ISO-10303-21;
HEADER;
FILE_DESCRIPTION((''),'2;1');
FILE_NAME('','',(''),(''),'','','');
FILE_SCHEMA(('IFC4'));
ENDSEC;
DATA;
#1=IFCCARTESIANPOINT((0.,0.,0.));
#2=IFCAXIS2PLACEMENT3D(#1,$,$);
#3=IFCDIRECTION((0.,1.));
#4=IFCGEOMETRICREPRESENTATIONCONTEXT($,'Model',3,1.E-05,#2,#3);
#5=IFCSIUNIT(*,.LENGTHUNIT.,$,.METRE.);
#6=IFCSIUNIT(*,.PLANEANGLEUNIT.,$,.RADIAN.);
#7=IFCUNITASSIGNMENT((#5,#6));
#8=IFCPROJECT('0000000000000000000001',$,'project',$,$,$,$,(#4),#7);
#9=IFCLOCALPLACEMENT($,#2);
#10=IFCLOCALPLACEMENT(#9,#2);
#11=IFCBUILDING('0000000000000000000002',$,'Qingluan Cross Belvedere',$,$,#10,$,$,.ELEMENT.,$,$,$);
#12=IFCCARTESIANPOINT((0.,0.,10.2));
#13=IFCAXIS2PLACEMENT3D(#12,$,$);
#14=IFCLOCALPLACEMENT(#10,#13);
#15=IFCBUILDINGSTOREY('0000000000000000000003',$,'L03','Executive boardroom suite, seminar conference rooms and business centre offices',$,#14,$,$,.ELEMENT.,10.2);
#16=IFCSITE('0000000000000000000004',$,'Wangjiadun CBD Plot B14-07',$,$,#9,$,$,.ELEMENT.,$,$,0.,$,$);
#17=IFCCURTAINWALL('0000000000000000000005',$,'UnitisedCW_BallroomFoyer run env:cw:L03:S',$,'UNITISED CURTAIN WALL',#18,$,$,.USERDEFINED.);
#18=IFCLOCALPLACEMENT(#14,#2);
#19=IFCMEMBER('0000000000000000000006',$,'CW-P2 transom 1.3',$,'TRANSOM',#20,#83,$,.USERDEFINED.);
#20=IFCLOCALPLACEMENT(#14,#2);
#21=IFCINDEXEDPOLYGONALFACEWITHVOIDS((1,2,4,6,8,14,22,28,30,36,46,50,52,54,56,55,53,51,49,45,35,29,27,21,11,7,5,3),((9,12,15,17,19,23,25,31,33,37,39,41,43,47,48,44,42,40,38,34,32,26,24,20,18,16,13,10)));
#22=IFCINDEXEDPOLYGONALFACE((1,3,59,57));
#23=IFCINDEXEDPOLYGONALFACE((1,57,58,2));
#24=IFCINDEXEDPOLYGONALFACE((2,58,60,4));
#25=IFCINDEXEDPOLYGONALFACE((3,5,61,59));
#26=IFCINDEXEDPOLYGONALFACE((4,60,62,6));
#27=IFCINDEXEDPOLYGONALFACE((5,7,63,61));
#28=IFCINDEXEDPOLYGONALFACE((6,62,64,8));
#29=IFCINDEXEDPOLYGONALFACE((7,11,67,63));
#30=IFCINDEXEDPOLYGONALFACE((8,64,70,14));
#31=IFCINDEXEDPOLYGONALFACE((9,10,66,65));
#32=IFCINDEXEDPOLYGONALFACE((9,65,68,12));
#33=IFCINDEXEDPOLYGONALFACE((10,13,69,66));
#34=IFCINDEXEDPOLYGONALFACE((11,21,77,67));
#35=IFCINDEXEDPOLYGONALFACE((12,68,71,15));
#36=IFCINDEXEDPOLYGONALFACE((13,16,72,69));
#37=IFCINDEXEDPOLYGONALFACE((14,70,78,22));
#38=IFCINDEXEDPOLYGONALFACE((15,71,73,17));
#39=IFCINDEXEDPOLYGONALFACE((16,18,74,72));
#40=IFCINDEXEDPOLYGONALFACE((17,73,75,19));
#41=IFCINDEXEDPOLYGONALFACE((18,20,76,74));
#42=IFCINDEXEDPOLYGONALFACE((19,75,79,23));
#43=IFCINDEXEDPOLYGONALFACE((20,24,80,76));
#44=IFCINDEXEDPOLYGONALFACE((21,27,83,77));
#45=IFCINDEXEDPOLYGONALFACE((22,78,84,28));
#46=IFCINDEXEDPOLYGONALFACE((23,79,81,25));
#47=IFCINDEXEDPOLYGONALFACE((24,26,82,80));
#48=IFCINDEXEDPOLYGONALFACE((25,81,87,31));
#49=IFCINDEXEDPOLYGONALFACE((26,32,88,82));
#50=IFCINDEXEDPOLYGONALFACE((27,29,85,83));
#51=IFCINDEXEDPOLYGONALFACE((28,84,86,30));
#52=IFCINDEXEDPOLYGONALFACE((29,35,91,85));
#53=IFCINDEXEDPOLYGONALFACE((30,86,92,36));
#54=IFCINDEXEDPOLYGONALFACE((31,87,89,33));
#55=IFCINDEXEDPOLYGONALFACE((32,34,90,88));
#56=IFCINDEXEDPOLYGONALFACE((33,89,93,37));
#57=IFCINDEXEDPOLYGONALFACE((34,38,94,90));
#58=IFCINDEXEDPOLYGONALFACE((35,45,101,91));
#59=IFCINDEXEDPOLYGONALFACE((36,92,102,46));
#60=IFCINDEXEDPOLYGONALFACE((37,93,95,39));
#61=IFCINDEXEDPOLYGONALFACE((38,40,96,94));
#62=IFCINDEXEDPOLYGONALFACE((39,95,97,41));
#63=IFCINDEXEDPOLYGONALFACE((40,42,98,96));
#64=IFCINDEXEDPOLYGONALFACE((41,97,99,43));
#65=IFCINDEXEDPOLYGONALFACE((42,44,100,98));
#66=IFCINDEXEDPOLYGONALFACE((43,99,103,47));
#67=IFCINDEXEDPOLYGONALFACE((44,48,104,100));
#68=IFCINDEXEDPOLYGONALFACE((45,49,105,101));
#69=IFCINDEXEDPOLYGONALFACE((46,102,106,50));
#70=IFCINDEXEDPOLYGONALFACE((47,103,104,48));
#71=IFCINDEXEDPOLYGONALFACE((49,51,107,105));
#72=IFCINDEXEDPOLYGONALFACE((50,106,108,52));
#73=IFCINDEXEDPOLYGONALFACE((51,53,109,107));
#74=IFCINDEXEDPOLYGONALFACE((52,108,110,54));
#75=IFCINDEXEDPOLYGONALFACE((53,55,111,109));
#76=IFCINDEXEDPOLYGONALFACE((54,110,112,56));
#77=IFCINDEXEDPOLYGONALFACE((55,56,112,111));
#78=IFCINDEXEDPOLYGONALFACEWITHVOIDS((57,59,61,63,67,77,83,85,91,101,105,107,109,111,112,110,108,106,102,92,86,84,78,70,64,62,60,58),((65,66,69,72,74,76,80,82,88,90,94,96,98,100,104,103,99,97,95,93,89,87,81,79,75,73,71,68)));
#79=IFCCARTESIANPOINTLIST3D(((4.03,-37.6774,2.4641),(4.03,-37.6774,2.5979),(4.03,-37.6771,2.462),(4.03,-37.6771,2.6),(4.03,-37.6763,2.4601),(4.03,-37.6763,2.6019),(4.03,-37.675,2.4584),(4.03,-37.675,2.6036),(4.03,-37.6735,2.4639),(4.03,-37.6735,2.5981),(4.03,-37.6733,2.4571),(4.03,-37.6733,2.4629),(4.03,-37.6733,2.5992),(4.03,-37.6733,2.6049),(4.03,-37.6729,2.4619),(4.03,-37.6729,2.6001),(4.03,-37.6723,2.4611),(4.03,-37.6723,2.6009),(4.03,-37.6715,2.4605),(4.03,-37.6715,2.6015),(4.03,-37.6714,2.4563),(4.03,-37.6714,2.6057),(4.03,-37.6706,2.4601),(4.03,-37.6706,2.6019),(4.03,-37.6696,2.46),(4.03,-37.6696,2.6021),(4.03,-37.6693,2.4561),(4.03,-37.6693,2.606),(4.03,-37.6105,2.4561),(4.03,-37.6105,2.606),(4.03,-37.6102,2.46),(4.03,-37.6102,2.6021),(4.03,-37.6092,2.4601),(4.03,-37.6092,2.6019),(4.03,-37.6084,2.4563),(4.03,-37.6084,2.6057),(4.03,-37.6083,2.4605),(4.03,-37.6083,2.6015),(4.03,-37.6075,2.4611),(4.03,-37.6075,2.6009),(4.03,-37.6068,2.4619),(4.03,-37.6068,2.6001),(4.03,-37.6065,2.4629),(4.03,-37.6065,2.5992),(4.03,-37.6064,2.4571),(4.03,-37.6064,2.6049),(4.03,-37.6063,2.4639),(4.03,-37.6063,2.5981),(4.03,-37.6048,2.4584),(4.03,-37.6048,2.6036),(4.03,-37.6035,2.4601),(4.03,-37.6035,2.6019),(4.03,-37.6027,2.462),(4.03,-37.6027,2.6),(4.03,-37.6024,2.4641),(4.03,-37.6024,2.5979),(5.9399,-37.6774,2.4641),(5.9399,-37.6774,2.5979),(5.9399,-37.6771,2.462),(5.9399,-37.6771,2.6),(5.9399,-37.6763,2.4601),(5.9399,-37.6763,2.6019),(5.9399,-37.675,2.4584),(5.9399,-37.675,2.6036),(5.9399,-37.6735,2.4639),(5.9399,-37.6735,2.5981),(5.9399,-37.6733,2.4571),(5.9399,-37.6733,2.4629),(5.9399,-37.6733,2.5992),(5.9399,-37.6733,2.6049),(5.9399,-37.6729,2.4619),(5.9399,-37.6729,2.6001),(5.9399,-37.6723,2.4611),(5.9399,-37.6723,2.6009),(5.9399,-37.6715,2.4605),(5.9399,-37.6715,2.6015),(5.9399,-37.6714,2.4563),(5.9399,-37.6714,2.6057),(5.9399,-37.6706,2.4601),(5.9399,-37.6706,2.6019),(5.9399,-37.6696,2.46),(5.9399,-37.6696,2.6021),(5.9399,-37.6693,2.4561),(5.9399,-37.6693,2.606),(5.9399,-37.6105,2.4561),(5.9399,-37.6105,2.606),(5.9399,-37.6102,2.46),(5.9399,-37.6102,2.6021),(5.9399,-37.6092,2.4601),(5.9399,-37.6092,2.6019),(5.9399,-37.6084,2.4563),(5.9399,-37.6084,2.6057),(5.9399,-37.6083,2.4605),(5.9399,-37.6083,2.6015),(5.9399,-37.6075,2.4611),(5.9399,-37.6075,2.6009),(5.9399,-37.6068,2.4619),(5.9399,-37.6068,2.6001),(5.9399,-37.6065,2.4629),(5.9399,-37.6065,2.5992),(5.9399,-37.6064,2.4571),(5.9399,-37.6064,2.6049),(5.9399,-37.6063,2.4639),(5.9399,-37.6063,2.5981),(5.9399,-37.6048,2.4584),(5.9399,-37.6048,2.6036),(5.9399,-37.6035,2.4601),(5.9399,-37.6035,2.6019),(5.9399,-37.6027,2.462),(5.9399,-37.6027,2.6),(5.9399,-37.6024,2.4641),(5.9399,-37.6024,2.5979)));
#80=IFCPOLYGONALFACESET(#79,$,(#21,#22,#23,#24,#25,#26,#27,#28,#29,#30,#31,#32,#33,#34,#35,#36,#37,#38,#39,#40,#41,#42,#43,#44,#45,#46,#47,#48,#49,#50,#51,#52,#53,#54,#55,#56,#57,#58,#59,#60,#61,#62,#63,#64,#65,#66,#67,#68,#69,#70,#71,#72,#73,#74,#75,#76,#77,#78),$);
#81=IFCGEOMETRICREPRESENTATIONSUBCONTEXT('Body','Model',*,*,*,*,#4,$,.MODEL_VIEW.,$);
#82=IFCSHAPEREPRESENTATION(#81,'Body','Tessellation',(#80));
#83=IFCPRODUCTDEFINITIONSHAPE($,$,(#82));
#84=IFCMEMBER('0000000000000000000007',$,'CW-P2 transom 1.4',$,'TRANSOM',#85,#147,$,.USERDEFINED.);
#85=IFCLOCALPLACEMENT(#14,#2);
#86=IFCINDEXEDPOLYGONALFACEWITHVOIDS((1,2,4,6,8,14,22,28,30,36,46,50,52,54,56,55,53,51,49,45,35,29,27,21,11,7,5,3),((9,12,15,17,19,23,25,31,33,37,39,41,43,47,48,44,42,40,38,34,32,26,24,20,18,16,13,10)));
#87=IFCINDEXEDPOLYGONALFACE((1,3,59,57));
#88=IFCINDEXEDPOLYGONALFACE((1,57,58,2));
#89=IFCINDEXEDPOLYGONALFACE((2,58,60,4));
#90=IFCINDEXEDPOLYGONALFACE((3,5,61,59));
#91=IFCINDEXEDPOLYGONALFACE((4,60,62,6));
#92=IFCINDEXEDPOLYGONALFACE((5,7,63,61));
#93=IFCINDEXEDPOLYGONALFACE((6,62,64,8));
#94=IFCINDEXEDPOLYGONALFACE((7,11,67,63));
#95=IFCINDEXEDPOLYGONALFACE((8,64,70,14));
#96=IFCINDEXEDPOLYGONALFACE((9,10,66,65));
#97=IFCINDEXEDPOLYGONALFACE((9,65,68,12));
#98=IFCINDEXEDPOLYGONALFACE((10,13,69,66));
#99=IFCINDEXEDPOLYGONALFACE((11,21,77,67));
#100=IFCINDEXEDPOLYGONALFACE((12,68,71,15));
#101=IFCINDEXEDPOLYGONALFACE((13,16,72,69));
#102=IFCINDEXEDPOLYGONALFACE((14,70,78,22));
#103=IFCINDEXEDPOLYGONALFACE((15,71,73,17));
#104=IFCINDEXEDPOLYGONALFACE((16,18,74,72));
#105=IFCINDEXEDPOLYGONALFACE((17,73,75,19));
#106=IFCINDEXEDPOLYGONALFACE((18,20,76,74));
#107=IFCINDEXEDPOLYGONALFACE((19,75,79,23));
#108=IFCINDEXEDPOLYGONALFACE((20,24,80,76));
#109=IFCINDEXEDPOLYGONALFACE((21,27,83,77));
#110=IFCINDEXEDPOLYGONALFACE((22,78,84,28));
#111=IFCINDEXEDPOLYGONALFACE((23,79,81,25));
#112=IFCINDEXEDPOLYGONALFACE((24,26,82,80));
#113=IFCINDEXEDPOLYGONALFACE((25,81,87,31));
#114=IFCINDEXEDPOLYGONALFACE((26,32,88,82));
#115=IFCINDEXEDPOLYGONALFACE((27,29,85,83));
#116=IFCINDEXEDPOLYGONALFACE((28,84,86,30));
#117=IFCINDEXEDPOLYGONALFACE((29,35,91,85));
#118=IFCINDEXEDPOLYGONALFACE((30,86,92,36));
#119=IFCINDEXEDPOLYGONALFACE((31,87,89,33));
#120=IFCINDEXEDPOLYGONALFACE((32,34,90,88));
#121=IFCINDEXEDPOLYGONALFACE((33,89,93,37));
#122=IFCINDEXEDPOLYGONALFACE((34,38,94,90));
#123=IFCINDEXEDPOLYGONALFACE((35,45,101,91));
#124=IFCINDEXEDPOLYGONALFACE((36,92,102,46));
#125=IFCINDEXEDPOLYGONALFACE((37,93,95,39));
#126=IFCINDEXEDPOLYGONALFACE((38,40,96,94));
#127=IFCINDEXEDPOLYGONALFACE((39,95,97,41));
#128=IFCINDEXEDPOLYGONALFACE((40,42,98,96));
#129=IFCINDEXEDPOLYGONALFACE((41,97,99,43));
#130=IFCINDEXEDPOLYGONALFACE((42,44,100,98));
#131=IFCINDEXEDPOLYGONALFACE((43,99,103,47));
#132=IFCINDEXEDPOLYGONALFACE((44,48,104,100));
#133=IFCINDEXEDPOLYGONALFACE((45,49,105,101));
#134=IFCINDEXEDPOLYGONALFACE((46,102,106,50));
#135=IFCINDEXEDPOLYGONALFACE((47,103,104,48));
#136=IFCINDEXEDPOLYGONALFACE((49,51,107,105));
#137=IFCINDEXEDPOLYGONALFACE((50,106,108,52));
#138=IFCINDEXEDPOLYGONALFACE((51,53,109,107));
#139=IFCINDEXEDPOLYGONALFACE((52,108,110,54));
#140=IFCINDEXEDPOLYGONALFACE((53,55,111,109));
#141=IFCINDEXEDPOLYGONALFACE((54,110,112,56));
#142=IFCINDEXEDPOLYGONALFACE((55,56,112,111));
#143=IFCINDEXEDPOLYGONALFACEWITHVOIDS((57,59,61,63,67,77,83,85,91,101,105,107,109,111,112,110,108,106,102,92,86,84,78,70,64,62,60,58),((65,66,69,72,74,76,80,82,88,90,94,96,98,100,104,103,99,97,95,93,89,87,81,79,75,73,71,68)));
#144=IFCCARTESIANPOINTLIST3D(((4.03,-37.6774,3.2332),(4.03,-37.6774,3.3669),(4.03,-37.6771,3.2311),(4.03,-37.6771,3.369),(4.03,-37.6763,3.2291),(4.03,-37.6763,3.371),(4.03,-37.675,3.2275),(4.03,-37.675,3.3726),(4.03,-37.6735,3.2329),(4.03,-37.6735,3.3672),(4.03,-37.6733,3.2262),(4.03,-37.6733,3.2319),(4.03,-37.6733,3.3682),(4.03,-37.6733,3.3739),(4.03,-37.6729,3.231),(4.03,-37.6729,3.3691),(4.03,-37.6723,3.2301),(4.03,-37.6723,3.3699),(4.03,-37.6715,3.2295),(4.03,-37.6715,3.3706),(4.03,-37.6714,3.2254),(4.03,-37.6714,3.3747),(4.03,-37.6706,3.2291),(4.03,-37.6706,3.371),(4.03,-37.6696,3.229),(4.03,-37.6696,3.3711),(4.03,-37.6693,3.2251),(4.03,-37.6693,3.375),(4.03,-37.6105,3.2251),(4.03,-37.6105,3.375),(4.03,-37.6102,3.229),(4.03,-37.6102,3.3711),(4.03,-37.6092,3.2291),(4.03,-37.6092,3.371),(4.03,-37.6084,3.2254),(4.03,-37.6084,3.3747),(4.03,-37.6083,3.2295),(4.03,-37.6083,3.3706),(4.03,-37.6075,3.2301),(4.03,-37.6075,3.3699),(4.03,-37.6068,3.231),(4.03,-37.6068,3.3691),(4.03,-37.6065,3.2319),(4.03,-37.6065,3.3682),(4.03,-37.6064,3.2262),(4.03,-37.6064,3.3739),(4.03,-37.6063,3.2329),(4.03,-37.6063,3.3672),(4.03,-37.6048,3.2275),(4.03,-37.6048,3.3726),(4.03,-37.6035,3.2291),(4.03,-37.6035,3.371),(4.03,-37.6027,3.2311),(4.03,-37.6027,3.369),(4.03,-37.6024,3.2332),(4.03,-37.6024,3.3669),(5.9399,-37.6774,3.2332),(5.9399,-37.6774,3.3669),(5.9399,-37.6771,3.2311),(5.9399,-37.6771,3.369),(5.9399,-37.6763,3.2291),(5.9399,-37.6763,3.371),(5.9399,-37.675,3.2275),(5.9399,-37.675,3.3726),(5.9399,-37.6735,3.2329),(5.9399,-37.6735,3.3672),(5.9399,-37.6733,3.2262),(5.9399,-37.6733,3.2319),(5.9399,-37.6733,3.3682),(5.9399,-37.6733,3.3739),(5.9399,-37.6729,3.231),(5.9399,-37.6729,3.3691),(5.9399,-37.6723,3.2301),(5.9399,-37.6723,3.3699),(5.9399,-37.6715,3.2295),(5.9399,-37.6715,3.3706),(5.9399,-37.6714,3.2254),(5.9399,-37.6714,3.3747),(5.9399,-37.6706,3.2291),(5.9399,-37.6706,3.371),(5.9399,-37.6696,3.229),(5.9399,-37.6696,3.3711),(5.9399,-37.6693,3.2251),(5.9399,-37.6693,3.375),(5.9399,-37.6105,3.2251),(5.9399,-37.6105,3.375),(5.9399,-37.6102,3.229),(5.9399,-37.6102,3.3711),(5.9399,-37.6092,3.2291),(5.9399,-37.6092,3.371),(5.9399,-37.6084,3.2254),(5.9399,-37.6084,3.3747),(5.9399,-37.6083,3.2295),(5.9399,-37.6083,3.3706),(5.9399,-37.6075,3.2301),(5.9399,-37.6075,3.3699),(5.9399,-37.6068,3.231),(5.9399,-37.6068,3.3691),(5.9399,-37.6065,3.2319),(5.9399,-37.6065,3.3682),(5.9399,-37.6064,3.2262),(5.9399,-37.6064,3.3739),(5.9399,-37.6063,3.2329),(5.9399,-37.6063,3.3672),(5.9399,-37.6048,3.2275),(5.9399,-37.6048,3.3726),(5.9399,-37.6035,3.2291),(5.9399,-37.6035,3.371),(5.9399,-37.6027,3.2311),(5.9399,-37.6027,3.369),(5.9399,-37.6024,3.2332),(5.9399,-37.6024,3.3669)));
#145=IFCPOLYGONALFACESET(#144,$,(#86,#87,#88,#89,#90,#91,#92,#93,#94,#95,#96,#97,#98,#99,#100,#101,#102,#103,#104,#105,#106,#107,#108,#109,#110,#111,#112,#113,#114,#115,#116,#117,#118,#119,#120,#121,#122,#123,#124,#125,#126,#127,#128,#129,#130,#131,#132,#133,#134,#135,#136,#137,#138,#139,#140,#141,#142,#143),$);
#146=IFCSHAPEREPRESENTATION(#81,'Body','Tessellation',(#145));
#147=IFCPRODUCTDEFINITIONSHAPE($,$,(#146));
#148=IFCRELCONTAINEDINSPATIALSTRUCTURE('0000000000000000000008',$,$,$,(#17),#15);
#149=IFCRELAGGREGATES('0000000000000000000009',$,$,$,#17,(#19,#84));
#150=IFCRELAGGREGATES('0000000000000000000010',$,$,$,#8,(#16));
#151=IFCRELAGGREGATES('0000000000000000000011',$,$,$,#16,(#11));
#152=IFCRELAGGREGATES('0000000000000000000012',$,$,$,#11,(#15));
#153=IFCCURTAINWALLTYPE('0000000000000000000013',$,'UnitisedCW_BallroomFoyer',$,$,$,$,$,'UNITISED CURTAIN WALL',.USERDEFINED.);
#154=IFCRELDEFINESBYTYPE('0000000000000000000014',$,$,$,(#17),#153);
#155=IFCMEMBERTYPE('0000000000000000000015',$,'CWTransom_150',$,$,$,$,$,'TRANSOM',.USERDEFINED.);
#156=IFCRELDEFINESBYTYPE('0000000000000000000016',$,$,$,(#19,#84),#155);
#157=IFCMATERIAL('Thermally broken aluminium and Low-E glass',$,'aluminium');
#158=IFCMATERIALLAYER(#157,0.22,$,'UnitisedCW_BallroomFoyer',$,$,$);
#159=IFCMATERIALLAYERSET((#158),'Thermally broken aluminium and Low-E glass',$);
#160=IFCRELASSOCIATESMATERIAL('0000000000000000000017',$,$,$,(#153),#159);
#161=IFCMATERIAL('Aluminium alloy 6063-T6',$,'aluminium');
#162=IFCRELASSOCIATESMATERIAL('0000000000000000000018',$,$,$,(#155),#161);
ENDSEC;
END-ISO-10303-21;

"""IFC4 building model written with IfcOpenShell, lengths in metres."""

from ifc_helpers import new_model, si_unit, direction, frame, origin, origin_2d, place, context, subcontext, project, spatial, hollow_rectangle, extrude, material, layer, layer_set, material_profile, profile_set, type_object, element, aggregate, save


model = new_model("IFC4")

# Units and contexts
model_context = context("Model", 3, precision=1e-05, world=origin(), true_north=direction((0.0, 1.0)))
body_context = subcontext(model_context, "Body", "Model", "MODEL_VIEW")
ifc_project = project(units=[si_unit("LENGTHUNIT", "METRE"), si_unit("PLANEANGLEUNIT", "RADIAN")], contexts=[model_context])

# Site, building, storey
site_placement = place(None, origin())
site = spatial("IfcSite", under=ifc_project, at=site_placement, Name="Wangjiadun CBD Plot B14-07", CompositionType="ELEMENT", RefElevation=0.0)
building_placement = place(site_placement, origin())
building = spatial("IfcBuilding", under=site, at=building_placement, Name="Qingluan Cross Belvedere", CompositionType="ELEMENT")
storey_placement = place(building_placement, frame((0.0, 0.0, 10.2)))
storey = spatial("IfcBuildingStorey", under=building, at=storey_placement, Name="L03", Description="Executive boardroom suite, seminar conference rooms and business centre offices", CompositionType="ELEMENT", Elevation=10.2)

# Curtain wall, members
ifc_material_1 = material(Name="Thermally broken aluminium and Low-E glass", Category="aluminium")
ifc_layer_1 = layer(ifc_material_1, 0.22, Name="UnitisedCW_BallroomFoyer")
ifc_layer_set_1 = layer_set([ifc_layer_1], Name="Thermally broken aluminium and Low-E glass")
curtain_wall_type = type_object("IfcCurtainWallType", Name="UnitisedCW_BallroomFoyer", ElementType="UNITISED CURTAIN WALL", PredefinedType="USERDEFINED", material=ifc_layer_set_1)
curtain_wall_placement = place(storey_placement, origin())
curtain_wall = element("IfcCurtainWall", 1, at=curtain_wall_placement, inside=storey, type_object=curtain_wall_type, Name="UnitisedCW_BallroomFoyer run env:cw:L03:S", ObjectType="UNITISED CURTAIN WALL", PredefinedType="USERDEFINED")
ifc_material_2 = material(Name="Aluminium alloy 6063-T6", Category="aluminium")
ifc_material_profile_1 = material_profile(ifc_material_2, hollow_rectangle(XDim=0.075, YDim=0.1499, WallThickness=0.0039, InnerFilletRadius=0.0039, OuterFilletRadius=0.0081, at=origin_2d()), Name="CWT150x75x4")
ifc_profile_set_1 = profile_set([ifc_material_profile_1], Name="Aluminium alloy 6063-T6")
member_type_1 = type_object("IfcMemberType", Name="CWTransom_150", ElementType="TRANSOM", PredefinedType="USERDEFINED", material=ifc_profile_set_1)
member_1_placement = place(storey_placement, frame((5.9399, -37.6399, 2.531), z_axis=(-1.0, 0.0, 0.0), x_axis=(0.0, -1.0, 0.0)))
member_1 = element("IfcMember", 2, at=member_1_placement, type_object=member_type_1, Name="CW-P2 transom 1.3", ObjectType="TRANSOM", PredefinedType="USERDEFINED", context=body_context, shape_type="SweptSolid", body=[
    extrude(hollow_rectangle(XDim=0.075, YDim=0.1499, WallThickness=0.0039, InnerFilletRadius=0.0039, OuterFilletRadius=0.0081, at=origin_2d()), origin(), (0.0, 0.0, 1.0), 1.9099),
])
member_2_placement = place(storey_placement, frame((5.9399, -37.6399, 3.3), z_axis=(-1.0, 0.0, 0.0), x_axis=(0.0, -1.0, 0.0)))
member_2 = element("IfcMember", 3, at=member_2_placement, type_object=member_type_1, Name="CW-P2 transom 1.4", ObjectType="TRANSOM", PredefinedType="USERDEFINED", context=body_context, shape_type="SweptSolid", body=[
    extrude(hollow_rectangle(XDim=0.075, YDim=0.1499, WallThickness=0.0039, InnerFilletRadius=0.0039, OuterFilletRadius=0.0081, at=origin_2d()), origin(), (0.0, 0.0, 1.0), 1.9099),
])
aggregate(curtain_wall, [member_1, member_2])

save(model, "model.ifc")
